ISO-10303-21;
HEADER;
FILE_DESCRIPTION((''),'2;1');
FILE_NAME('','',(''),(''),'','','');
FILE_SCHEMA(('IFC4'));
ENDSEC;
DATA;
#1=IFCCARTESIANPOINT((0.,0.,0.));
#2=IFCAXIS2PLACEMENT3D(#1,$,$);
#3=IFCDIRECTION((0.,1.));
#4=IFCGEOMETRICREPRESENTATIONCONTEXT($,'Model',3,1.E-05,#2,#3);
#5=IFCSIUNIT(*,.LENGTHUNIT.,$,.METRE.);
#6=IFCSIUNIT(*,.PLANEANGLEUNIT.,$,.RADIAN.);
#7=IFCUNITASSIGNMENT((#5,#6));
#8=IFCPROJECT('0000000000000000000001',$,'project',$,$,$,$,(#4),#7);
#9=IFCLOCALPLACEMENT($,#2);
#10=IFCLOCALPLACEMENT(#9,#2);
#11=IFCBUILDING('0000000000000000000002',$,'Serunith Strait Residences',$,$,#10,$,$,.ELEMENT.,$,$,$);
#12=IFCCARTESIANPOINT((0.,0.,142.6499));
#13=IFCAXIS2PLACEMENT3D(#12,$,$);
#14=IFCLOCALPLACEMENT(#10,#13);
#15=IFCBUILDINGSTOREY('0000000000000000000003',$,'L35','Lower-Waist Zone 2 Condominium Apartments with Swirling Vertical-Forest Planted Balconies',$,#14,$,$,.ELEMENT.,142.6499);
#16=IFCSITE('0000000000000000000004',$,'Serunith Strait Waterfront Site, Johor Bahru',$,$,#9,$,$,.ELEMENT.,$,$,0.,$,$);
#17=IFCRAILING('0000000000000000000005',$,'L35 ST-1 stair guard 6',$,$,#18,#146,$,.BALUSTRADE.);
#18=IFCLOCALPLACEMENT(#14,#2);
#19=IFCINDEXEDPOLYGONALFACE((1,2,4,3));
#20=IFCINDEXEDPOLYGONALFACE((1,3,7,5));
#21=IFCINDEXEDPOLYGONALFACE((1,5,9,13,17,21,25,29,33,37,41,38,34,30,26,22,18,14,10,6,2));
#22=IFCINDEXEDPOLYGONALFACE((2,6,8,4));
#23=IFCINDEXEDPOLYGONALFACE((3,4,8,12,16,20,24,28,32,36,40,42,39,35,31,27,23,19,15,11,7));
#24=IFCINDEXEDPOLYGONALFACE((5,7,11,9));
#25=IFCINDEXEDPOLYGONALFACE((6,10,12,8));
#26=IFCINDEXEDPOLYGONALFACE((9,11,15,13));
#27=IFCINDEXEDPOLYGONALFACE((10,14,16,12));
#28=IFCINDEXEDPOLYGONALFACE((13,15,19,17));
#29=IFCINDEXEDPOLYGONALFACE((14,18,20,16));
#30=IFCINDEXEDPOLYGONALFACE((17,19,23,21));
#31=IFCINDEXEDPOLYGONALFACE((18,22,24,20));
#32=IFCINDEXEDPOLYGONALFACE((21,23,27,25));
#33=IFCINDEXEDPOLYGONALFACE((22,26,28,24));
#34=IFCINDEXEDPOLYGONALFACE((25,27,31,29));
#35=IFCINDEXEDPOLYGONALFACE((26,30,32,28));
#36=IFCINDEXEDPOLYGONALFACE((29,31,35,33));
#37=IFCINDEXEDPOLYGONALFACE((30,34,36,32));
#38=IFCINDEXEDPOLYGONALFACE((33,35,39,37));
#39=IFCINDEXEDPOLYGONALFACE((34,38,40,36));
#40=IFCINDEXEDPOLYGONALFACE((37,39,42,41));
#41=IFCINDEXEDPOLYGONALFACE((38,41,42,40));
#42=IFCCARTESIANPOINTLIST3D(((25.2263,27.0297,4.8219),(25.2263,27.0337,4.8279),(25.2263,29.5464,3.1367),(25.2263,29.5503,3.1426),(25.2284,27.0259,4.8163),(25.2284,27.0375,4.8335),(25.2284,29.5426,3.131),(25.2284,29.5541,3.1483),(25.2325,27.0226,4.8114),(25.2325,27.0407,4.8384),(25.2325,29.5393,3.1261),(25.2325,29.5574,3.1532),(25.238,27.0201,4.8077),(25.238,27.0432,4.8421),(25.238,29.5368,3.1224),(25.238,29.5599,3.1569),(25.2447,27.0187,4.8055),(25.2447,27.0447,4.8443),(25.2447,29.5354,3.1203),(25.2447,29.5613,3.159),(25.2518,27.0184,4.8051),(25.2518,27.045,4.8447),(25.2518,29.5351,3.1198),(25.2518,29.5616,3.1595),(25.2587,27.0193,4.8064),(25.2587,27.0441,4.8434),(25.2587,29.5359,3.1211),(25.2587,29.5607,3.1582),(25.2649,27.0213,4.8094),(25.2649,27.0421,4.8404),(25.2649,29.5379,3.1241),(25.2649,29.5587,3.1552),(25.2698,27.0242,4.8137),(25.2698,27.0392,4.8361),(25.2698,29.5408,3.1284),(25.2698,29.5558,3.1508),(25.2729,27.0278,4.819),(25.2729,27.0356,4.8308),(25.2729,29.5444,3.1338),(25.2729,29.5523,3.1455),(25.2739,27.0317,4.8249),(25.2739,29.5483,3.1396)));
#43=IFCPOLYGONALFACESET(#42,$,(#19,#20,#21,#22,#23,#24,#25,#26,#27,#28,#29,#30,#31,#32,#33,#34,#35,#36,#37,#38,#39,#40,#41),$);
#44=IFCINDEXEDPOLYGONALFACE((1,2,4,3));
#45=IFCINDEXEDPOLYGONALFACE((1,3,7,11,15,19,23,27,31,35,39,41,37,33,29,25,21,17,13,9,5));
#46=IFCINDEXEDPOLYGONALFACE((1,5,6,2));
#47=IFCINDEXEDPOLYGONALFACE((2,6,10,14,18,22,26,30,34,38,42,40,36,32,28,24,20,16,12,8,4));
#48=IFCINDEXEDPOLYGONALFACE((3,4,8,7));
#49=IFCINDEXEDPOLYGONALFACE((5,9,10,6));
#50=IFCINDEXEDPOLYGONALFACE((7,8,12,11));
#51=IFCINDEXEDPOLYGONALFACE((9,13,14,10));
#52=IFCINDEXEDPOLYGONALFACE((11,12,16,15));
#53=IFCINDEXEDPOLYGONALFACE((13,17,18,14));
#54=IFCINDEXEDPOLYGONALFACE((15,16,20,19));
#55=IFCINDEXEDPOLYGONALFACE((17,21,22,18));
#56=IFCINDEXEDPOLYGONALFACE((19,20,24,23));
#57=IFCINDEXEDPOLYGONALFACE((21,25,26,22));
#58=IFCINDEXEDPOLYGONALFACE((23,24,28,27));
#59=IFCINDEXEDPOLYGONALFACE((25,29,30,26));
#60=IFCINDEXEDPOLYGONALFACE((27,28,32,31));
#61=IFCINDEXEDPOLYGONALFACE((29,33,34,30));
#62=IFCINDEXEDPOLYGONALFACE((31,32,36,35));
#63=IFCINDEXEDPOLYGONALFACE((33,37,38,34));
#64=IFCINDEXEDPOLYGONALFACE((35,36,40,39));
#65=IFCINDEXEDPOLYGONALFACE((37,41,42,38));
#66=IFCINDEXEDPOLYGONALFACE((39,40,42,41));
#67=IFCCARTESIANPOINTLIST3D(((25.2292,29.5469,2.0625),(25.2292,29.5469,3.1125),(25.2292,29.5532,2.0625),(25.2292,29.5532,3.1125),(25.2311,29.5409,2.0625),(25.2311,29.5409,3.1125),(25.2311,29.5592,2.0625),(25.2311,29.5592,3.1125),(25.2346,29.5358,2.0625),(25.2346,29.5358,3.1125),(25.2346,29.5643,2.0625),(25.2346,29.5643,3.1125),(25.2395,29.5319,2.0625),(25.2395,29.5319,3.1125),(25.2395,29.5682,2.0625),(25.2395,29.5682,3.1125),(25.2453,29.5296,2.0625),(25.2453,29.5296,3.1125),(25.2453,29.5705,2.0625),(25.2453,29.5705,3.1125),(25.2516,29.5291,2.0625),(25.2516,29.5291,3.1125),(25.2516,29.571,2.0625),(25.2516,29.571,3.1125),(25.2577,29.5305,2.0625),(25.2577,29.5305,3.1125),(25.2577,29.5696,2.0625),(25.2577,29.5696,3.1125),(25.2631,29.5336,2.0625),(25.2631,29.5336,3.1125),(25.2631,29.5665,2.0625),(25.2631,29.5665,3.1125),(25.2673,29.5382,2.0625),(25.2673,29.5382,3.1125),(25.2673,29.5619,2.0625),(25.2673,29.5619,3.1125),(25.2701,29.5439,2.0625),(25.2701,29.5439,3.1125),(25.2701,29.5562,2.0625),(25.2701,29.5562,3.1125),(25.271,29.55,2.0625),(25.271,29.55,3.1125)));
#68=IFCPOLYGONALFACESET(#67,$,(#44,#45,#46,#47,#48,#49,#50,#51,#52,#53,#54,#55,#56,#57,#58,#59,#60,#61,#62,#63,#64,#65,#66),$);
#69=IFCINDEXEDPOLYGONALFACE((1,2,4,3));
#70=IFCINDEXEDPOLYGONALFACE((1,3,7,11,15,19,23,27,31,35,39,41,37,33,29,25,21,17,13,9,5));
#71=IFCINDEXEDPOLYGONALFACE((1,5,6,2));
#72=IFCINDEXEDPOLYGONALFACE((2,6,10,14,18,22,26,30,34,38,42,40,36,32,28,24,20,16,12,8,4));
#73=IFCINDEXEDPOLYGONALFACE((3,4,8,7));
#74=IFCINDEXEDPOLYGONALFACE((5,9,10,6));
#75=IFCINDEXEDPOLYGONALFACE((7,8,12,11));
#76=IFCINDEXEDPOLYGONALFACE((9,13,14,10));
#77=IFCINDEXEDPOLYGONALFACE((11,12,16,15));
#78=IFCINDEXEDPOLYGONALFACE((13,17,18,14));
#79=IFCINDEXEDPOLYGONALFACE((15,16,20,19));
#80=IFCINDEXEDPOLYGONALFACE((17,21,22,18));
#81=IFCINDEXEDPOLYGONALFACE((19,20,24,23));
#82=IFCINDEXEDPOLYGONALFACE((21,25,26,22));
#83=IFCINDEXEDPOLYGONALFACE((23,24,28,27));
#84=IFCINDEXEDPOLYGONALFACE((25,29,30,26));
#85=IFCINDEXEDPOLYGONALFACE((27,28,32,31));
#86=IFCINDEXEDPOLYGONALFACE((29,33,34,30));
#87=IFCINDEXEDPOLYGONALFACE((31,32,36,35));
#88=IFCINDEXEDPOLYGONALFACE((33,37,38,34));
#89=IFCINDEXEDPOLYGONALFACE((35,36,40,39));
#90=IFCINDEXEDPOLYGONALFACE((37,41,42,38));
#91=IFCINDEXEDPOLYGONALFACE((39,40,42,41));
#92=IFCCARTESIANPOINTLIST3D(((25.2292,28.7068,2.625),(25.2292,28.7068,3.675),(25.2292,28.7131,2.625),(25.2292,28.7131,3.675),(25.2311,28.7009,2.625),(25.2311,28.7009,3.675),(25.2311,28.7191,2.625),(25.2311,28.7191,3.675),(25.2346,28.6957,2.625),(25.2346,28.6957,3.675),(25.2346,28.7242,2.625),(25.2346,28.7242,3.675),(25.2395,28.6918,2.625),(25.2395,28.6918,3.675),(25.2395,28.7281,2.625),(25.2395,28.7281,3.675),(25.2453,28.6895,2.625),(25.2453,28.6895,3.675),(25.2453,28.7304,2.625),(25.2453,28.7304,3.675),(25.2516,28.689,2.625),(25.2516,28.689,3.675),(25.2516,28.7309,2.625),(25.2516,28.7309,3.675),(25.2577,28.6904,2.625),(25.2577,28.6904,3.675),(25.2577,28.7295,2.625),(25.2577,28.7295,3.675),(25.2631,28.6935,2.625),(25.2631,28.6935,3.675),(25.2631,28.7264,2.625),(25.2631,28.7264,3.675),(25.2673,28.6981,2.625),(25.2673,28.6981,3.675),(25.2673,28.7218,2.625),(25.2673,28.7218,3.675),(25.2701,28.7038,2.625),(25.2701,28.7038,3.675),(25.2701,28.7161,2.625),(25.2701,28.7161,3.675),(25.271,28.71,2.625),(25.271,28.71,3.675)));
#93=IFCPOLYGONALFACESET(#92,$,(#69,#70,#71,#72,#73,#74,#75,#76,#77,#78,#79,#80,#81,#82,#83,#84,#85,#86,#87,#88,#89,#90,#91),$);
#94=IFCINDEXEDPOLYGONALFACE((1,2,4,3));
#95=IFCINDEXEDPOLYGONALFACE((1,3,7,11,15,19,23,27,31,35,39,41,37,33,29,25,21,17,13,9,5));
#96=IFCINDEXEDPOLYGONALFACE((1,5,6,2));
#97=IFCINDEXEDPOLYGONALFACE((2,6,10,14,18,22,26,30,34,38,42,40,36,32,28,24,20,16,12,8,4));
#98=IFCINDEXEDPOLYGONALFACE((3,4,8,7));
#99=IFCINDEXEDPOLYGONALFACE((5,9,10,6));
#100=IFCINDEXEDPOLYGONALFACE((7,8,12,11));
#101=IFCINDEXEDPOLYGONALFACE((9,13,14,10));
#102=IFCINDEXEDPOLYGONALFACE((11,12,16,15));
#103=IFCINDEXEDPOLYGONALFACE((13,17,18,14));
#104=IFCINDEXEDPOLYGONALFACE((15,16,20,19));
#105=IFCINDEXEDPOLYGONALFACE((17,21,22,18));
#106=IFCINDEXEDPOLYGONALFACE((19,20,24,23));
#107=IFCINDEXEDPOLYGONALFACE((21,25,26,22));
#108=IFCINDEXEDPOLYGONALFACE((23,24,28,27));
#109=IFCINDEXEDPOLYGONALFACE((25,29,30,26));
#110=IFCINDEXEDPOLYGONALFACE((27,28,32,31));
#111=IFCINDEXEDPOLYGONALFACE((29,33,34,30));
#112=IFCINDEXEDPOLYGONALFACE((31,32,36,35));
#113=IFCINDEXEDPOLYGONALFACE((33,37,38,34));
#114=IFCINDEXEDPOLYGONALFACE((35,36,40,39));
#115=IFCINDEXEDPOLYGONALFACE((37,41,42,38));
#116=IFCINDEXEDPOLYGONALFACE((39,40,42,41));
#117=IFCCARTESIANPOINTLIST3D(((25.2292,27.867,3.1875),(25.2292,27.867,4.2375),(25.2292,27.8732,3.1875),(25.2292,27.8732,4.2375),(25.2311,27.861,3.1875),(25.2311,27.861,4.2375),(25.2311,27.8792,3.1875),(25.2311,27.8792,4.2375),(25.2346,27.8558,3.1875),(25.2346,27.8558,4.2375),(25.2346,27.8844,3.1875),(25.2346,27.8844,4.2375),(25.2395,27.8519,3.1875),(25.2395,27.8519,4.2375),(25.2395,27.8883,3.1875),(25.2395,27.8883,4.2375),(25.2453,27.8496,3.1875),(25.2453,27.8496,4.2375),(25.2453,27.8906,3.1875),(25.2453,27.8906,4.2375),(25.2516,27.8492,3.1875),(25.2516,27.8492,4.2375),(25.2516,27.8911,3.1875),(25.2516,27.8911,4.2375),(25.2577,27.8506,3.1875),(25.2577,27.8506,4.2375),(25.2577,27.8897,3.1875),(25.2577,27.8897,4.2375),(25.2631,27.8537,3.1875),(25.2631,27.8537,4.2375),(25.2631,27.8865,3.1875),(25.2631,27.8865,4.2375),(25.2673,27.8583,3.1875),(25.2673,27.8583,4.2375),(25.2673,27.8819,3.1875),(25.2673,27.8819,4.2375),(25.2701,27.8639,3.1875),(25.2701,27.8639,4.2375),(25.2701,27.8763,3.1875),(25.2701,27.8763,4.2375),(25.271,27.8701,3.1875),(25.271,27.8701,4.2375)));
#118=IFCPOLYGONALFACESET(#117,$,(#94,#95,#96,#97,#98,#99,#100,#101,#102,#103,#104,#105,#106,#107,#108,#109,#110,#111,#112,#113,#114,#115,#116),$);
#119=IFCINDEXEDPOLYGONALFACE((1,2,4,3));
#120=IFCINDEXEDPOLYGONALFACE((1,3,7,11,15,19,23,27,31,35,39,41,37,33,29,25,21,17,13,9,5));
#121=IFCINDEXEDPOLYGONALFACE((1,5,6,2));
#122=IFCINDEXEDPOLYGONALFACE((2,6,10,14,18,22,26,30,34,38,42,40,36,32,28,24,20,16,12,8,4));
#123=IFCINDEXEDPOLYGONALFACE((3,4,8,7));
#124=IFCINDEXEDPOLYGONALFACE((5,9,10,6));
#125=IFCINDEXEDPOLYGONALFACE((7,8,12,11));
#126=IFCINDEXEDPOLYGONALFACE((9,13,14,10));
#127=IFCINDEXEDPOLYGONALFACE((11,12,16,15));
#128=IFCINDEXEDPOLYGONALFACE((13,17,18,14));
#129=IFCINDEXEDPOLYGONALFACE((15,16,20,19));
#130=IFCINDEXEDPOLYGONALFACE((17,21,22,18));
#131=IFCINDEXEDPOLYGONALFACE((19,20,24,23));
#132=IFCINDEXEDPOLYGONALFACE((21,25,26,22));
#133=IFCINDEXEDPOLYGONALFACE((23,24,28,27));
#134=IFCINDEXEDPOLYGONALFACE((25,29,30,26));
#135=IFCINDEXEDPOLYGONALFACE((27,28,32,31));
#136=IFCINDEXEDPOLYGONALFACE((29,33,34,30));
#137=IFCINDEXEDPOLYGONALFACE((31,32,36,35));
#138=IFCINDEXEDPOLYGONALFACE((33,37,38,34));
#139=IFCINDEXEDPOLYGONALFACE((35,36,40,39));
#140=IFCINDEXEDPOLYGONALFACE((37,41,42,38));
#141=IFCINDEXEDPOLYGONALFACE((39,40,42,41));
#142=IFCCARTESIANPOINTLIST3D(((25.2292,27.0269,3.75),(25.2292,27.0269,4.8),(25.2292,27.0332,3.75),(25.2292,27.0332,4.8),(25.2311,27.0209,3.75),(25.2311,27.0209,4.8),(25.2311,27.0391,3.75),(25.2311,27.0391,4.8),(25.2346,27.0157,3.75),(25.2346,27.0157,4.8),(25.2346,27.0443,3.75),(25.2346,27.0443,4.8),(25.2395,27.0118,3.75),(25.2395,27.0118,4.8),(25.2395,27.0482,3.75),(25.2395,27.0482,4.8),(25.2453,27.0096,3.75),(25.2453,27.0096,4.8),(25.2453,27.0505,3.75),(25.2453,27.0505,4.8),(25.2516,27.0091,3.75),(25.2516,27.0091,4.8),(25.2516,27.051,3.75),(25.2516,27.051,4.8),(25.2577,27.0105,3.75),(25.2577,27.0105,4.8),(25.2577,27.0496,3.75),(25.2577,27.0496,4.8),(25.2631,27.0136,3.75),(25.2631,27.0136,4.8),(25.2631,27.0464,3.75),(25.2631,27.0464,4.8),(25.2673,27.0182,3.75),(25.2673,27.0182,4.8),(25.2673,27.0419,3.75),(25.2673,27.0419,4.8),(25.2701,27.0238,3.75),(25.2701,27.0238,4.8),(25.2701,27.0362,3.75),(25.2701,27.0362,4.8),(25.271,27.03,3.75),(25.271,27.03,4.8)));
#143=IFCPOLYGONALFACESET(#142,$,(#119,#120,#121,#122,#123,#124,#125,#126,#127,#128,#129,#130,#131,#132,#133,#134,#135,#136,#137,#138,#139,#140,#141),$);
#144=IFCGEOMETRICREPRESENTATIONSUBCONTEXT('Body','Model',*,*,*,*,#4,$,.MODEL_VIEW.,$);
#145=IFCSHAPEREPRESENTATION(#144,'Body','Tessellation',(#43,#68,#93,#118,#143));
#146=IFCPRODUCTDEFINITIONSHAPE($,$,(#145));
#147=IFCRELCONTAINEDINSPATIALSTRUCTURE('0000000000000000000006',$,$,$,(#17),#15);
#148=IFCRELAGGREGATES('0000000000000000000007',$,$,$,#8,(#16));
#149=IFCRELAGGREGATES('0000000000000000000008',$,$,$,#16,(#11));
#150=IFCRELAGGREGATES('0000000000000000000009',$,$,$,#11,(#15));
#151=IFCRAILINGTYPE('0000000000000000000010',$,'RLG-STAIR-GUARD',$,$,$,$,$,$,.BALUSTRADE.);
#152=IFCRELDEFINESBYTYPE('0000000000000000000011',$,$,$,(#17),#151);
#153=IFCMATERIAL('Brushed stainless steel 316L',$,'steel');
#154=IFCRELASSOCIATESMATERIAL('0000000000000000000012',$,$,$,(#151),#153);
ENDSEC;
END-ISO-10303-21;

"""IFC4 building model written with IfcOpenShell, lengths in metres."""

from ifc_helpers import new_model, si_unit, direction, frame, origin, origin_2d, place, context, subcontext, project, spatial, circle, extrude, material, type_object, element, save


model = new_model("IFC4")

# Units and contexts
model_context = context("Model", 3, precision=1e-05, world=origin(), true_north=direction((0.0, 1.0)))
body_context = subcontext(model_context, "Body", "Model", "MODEL_VIEW")
ifc_project = project(units=[si_unit("LENGTHUNIT", "METRE"), si_unit("PLANEANGLEUNIT", "RADIAN")], contexts=[model_context])

# Site, building, storey
site_placement = place(None, origin())
site = spatial("IfcSite", under=ifc_project, at=site_placement, Name="Serunith Strait Waterfront Site, Johor Bahru", CompositionType="ELEMENT", RefElevation=0.0)
building_placement = place(site_placement, origin())
building = spatial("IfcBuilding", under=site, at=building_placement, Name="Serunith Strait Residences", CompositionType="ELEMENT")
storey_placement = place(building_placement, frame((0.0, 0.0, 142.6499)))
storey = spatial("IfcBuildingStorey", under=building, at=storey_placement, Name="L35", Description="Lower-Waist Zone 2 Condominium Apartments with Swirling Vertical-Forest Planted Balconies", CompositionType="ELEMENT", Elevation=142.6499)

# Railing
ifc_material_1 = material(Name="Brushed stainless steel 316L", Category="steel")
railing_type_1 = type_object("IfcRailingType", Name="RLG-STAIR-GUARD", PredefinedType="BALUSTRADE", material=ifc_material_1)
railing_1_placement = place(storey_placement, frame((25.25, 29.55, 2.0625)))
element("IfcRailing", 1, at=railing_1_placement, inside=storey, type_object=railing_type_1, Name="L35 ST-1 stair guard 6", PredefinedType="BALUSTRADE", context=body_context, shape_type="SweptSolid", body=[
    extrude(circle(Radius=0.0239, at=origin_2d()), frame((0.0, -0.0017, 1.0771), z_axis=(0.0, -0.830909, 0.556408), x_axis=(1.0, 0.0, 0.0)), (0.0, 0.0, 1.0), 3.0288),
    extrude(circle(Radius=0.021, at=origin_2d()), origin(), (0.0, 0.0, 1.0), 1.05),
    extrude(circle(Radius=0.021, at=origin_2d()), frame((0.0, -0.8401, 0.5625)), (0.0, 0.0, 1.0), 1.05),
    extrude(circle(Radius=0.021, at=origin_2d()), frame((0.0, -1.6799, 1.125)), (0.0, 0.0, 1.0), 1.05),
    extrude(circle(Radius=0.021, at=origin_2d()), frame((0.0, -2.52, 1.6875)), (0.0, 0.0, 1.0), 1.05),
])

save(model, "model.ifc")
